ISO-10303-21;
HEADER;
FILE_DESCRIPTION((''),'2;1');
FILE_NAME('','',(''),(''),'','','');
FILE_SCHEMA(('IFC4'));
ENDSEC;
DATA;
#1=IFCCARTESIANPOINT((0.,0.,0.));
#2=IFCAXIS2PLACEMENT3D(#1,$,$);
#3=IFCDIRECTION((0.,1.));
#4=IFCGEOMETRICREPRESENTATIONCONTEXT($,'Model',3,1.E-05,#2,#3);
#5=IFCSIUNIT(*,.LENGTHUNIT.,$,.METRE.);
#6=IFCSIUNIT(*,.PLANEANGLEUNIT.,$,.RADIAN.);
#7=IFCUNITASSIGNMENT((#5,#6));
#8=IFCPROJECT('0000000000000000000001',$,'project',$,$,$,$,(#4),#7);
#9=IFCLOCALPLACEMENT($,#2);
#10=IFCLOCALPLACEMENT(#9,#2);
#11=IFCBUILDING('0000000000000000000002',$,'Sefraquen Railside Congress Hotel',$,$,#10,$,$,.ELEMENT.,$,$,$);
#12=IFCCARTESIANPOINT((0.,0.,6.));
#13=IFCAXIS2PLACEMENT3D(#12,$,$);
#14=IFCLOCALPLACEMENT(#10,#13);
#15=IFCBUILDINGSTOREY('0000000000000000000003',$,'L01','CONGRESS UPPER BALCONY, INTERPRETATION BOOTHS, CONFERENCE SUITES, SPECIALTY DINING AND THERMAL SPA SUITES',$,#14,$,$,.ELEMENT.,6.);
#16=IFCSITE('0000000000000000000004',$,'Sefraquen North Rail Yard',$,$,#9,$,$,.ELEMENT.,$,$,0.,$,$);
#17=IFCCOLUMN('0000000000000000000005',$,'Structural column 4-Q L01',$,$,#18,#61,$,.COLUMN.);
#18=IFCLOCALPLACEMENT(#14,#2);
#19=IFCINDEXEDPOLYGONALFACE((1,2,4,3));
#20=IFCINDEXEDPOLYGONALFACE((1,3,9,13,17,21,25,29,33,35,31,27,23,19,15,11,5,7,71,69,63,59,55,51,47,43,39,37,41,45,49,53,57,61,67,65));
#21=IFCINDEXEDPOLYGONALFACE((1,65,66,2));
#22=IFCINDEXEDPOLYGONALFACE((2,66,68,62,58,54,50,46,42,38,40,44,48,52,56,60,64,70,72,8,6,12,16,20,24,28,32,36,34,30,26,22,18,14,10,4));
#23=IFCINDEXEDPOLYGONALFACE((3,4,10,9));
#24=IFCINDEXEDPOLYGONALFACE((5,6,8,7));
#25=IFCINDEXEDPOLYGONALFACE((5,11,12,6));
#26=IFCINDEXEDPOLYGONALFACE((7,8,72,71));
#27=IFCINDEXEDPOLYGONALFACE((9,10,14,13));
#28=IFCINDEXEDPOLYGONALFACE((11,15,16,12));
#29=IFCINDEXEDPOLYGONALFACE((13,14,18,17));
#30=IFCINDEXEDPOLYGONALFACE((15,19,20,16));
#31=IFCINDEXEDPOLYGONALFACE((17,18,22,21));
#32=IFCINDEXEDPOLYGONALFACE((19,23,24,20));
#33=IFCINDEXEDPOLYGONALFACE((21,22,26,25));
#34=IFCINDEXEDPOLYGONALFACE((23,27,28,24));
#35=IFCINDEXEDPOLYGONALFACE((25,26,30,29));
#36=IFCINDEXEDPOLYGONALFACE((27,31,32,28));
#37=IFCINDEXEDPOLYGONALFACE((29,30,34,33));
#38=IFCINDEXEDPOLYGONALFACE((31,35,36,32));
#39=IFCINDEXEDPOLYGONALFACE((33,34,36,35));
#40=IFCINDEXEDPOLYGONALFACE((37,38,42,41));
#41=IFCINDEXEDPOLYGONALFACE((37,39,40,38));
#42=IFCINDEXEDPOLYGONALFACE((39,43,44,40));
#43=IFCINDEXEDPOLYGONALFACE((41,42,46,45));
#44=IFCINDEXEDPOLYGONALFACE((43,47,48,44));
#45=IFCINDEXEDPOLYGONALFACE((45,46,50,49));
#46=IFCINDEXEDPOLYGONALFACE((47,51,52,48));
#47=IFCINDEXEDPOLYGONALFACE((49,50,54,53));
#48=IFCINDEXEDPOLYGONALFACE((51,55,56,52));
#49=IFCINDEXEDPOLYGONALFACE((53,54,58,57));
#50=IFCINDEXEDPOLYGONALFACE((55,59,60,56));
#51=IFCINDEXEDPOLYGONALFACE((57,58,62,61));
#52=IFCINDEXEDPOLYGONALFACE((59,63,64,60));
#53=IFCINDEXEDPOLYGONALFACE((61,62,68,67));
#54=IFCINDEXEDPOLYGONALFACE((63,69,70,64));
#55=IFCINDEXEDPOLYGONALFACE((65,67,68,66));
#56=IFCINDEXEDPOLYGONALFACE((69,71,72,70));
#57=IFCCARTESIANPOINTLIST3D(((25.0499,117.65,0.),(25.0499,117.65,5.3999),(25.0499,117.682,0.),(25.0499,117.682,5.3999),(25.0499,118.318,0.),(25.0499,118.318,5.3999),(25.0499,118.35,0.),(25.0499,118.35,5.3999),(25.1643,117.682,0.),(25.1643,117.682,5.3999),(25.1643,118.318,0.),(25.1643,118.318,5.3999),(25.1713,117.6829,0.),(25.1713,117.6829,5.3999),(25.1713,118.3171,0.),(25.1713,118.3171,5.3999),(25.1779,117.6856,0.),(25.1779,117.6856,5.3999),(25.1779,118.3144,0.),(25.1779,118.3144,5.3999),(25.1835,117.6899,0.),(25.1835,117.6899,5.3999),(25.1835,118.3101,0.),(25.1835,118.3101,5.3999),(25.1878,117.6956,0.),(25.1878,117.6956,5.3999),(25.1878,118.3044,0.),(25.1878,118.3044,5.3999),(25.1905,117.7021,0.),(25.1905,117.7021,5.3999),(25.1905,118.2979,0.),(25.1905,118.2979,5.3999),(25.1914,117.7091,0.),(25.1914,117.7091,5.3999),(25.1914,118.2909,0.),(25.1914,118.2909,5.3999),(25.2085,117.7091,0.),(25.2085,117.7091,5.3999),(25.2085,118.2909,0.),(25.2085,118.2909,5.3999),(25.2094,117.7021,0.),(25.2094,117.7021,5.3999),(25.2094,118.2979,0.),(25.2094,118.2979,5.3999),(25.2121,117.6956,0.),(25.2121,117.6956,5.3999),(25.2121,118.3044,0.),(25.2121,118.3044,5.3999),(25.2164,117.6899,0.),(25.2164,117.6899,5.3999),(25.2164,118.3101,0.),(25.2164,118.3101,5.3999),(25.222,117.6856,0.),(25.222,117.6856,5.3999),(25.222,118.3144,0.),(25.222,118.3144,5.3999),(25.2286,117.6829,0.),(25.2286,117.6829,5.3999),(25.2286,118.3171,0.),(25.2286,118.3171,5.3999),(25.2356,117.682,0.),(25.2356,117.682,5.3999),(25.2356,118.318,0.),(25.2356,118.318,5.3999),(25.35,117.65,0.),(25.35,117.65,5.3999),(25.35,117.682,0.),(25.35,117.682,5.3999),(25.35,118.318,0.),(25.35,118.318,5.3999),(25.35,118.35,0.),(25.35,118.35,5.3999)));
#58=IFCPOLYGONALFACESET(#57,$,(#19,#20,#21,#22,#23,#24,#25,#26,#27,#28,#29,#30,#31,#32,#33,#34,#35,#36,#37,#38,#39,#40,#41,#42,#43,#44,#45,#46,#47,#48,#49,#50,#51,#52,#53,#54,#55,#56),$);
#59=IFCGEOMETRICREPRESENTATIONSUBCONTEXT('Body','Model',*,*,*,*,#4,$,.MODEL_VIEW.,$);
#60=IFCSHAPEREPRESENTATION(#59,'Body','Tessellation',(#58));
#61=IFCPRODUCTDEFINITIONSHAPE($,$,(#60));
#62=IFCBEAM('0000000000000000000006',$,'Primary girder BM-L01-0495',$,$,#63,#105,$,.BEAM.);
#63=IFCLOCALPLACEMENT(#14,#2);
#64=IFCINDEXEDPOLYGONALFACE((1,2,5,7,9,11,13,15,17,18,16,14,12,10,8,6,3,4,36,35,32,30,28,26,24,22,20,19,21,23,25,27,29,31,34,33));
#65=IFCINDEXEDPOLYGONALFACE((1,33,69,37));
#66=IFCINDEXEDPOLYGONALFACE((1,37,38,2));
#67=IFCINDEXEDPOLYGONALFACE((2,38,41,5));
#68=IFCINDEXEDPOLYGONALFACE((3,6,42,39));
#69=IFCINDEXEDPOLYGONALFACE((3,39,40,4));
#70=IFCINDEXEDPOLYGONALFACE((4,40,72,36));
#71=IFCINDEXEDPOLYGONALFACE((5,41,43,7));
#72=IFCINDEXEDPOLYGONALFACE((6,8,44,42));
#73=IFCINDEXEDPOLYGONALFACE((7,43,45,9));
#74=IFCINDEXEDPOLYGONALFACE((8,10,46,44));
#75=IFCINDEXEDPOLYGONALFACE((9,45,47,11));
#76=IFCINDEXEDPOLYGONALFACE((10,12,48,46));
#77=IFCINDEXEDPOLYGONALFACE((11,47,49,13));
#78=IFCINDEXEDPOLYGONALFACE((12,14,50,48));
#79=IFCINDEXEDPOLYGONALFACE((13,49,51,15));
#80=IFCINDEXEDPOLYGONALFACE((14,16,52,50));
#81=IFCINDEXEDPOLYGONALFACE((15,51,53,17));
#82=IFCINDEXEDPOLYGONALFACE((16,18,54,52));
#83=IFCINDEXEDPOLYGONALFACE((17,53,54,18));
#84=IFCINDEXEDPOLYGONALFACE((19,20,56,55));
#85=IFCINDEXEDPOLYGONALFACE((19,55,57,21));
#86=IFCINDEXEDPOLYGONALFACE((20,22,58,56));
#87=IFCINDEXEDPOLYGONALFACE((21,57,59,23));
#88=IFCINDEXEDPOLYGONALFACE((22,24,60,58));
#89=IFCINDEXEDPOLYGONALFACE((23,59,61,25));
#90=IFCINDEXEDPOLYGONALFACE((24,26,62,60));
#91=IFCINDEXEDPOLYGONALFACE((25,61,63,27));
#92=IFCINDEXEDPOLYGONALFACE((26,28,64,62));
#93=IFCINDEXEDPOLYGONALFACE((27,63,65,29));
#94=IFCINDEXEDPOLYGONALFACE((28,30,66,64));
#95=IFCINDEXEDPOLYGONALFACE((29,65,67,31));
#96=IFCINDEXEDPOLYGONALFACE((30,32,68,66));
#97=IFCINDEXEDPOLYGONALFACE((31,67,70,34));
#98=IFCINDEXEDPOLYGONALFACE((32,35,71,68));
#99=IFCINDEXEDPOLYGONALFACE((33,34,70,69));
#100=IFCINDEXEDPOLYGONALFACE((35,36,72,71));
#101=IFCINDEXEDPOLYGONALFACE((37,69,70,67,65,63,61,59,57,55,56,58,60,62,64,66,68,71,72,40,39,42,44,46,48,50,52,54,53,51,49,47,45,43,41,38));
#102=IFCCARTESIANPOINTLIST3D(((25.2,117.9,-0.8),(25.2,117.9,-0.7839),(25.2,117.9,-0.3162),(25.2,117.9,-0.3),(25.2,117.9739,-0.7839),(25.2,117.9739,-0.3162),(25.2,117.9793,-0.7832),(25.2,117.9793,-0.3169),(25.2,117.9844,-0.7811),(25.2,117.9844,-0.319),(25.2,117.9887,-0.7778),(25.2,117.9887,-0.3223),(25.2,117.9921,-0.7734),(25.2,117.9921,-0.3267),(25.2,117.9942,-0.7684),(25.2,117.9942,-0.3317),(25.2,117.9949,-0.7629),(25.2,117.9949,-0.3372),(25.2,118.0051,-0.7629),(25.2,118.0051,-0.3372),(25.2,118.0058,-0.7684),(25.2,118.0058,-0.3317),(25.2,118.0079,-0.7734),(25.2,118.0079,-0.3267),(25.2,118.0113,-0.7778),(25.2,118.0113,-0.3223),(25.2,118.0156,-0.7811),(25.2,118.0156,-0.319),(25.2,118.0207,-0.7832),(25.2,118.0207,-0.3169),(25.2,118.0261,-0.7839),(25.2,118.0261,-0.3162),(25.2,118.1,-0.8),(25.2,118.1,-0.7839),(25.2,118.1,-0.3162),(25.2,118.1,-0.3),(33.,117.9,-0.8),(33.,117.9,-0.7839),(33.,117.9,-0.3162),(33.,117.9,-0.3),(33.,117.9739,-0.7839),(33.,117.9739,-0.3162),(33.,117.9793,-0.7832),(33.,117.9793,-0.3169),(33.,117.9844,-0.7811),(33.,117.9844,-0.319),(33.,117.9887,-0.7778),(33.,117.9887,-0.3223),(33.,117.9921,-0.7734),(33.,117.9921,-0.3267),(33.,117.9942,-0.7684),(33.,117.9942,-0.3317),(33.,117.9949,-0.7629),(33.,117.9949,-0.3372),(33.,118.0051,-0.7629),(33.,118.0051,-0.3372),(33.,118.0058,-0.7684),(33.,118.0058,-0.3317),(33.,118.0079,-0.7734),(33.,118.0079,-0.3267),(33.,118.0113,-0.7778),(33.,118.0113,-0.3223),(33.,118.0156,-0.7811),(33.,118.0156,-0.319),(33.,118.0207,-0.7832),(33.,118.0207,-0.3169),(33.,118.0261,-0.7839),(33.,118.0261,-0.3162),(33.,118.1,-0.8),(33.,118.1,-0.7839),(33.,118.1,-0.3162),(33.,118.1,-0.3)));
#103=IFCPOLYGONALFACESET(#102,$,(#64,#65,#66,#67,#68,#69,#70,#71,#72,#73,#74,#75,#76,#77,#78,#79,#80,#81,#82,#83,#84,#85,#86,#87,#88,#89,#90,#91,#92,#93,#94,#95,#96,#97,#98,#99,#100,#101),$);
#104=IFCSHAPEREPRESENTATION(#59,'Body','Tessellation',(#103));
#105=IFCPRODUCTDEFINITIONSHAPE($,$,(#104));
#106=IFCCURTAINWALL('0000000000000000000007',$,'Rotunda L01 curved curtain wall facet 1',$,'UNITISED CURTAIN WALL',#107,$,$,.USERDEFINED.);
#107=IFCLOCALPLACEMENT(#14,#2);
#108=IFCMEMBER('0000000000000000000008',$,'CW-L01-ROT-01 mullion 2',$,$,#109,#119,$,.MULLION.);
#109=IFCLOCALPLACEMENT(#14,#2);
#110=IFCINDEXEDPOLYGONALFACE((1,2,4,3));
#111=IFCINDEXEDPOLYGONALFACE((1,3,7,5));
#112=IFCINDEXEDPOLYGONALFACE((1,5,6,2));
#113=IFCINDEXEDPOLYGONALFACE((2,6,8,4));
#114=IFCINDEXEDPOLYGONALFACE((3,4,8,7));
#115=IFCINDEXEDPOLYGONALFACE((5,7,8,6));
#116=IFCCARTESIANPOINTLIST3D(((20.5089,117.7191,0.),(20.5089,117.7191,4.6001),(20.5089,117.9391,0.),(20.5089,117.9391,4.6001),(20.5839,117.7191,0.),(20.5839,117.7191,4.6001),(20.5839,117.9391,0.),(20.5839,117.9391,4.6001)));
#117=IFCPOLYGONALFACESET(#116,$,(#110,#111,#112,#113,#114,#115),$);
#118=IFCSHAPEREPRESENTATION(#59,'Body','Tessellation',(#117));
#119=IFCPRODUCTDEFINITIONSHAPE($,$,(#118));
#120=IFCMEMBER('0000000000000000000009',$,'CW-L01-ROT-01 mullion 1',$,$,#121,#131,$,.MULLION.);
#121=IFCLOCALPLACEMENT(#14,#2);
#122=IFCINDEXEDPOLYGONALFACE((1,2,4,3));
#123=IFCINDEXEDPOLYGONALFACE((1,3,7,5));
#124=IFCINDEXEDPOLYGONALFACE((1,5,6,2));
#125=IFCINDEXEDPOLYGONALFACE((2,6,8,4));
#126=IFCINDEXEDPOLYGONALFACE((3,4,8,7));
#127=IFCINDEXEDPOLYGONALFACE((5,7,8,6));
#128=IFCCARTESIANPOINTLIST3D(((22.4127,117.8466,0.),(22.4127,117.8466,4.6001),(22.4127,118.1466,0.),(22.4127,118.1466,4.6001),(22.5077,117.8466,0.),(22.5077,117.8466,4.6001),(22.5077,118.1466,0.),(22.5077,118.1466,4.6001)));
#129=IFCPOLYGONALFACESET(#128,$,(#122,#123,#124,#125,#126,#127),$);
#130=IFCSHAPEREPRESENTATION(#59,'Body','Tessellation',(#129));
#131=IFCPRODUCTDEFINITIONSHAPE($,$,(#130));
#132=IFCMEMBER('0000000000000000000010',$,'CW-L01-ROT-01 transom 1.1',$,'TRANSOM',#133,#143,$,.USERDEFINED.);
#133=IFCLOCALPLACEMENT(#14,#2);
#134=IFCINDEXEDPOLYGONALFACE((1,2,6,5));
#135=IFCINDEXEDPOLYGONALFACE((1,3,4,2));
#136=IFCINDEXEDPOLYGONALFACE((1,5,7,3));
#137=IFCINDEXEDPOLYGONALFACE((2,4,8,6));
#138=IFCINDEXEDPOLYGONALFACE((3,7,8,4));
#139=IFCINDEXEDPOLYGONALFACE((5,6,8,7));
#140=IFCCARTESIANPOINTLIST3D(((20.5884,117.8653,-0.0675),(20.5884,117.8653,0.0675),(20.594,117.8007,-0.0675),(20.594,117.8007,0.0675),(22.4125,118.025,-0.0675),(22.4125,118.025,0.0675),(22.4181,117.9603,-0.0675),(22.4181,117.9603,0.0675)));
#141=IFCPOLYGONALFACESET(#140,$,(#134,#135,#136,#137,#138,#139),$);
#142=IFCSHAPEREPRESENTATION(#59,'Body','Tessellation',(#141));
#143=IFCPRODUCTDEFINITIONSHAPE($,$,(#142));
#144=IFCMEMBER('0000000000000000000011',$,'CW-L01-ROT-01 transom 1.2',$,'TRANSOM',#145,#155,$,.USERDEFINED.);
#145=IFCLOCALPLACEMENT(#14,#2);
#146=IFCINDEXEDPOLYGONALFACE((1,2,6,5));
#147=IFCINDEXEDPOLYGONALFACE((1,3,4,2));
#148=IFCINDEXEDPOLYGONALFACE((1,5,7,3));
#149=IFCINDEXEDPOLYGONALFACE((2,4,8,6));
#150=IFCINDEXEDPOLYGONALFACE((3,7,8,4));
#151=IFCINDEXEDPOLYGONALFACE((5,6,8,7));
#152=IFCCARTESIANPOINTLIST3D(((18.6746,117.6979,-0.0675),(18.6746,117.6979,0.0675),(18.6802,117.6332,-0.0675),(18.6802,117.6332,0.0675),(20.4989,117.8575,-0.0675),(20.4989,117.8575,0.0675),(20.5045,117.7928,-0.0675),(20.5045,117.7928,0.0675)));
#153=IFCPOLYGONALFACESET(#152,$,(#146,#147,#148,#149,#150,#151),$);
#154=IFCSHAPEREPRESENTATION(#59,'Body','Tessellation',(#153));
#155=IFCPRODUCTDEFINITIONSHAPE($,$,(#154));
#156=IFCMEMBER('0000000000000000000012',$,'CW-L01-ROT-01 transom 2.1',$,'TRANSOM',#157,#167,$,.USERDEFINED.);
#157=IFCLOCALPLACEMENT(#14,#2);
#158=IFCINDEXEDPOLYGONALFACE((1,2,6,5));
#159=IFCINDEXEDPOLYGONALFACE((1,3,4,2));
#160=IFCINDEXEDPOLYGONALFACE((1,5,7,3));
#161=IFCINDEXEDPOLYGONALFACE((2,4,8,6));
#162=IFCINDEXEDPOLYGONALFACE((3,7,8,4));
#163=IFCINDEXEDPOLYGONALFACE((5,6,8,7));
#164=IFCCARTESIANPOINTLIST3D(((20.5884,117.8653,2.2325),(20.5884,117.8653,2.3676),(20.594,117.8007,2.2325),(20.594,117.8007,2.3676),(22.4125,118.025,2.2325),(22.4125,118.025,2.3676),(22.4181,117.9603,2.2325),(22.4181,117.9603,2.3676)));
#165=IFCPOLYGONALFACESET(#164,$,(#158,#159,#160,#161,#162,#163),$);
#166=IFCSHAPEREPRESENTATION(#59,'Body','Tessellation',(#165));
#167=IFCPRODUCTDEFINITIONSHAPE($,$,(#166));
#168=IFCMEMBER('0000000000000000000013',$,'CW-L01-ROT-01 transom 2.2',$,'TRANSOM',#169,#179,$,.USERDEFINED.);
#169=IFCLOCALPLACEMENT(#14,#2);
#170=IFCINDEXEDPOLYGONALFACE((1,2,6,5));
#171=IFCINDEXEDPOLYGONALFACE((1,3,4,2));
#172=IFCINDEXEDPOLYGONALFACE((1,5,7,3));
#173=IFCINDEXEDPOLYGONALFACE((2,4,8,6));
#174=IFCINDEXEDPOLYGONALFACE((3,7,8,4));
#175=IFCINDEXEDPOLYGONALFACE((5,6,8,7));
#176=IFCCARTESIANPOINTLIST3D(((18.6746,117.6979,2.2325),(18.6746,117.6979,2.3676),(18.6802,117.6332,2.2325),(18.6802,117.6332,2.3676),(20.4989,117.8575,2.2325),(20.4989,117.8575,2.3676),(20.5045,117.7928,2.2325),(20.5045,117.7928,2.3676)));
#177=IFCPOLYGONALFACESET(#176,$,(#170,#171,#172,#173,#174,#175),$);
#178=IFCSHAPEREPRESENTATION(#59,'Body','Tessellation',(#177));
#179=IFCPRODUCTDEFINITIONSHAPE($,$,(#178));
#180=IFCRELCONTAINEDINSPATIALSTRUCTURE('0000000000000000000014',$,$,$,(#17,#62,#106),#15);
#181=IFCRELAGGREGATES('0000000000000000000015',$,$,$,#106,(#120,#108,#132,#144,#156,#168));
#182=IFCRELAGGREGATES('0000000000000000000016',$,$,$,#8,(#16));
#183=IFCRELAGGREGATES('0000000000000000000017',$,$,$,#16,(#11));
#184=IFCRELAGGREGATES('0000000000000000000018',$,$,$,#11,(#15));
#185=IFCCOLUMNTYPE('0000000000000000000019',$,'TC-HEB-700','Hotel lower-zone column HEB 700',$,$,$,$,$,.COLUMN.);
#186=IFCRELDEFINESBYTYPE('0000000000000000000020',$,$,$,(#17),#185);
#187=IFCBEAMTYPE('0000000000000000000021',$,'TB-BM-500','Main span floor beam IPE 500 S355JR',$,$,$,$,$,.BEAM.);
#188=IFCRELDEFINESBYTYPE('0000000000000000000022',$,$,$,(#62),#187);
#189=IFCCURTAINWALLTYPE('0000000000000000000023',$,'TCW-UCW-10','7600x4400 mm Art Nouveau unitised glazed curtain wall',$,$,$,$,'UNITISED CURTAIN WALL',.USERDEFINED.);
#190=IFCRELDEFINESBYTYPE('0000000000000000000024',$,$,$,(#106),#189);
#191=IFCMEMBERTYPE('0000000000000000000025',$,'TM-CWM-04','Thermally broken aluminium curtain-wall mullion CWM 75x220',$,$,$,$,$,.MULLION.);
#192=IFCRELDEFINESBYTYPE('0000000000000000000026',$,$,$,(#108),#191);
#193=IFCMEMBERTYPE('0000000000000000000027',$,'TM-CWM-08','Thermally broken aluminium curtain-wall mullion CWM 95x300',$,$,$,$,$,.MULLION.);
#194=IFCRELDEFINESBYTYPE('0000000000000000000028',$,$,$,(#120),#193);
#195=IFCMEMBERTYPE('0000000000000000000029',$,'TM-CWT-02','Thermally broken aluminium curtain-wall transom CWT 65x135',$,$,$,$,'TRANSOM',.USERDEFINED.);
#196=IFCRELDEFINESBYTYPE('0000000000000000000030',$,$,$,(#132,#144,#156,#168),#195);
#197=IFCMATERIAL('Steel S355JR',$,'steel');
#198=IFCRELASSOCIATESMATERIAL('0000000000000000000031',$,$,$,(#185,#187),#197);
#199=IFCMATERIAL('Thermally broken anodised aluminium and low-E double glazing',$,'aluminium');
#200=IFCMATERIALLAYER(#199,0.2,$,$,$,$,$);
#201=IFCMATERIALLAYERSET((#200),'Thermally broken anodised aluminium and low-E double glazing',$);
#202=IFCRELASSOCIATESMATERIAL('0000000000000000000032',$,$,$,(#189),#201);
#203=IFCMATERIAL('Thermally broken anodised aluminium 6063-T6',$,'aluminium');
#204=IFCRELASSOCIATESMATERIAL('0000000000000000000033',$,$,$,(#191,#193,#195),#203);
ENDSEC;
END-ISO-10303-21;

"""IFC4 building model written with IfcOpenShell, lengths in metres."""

from ifc_helpers import new_model, si_unit, direction, frame, origin, origin_2d, place, context, subcontext, project, spatial, rectangle, i_section, extrude, material, layer, layer_set, material_profile, profile_set, type_object, element, aggregate, save


model = new_model("IFC4")

# Units and contexts
model_context = context("Model", 3, precision=1e-05, world=origin(), true_north=direction((0.0, 1.0)))
body_context = subcontext(model_context, "Body", "Model", "MODEL_VIEW")
ifc_project = project(units=[si_unit("LENGTHUNIT", "METRE"), si_unit("PLANEANGLEUNIT", "RADIAN")], contexts=[model_context])

# Site, building, storey
site_placement = place(None, origin())
site = spatial("IfcSite", under=ifc_project, at=site_placement, Name="Sefraquen North Rail Yard", CompositionType="ELEMENT", RefElevation=0.0)
building_placement = place(site_placement, origin())
building = spatial("IfcBuilding", under=site, at=building_placement, Name="Sefraquen Railside Congress Hotel", CompositionType="ELEMENT")
storey_placement = place(building_placement, frame((0.0, 0.0, 6.0)))
storey = spatial("IfcBuildingStorey", under=building, at=storey_placement, Name="L01", Description="CONGRESS UPPER BALCONY, INTERPRETATION BOOTHS, CONFERENCE SUITES, SPECIALTY DINING AND THERMAL SPA SUITES", CompositionType="ELEMENT", Elevation=6.0)

# Column
ifc_material_1 = material(Name="Steel S355JR", Category="steel")
ifc_material_profile_1 = material_profile(ifc_material_1, i_section(OverallWidth=0.3, OverallDepth=0.7, WebThickness=0.0171, FlangeThickness=0.032, FilletRadius=0.0271, at=origin_2d()), Name="HEB 700")
ifc_profile_set_1 = profile_set([ifc_material_profile_1], Name="Steel S355JR")
column_type = type_object("IfcColumnType", Name="TC-HEB-700", Description="Hotel lower-zone column HEB 700", PredefinedType="COLUMN", material=ifc_profile_set_1)
column_placement = place(storey_placement, frame((25.2, 118.0, 0.0), z_axis=(0.0, 0.0, 1.0), x_axis=(1.0, 0.0, 0.0)))
element("IfcColumn", 1, at=column_placement, inside=storey, type_object=column_type, Name="Structural column 4-Q L01", PredefinedType="COLUMN", context=body_context, shape_type="SweptSolid", body=[
    extrude(i_section(OverallWidth=0.3, OverallDepth=0.7, WebThickness=0.0171, FlangeThickness=0.032, FilletRadius=0.0271, at=origin_2d()), origin(), (0.0, 0.0, 1.0), 5.3999),
])

# Beam
ifc_material_profile_2 = material_profile(ifc_material_1, i_section(OverallWidth=0.2, OverallDepth=0.5, WebThickness=0.0103, FlangeThickness=0.0161, FilletRadius=0.021, at=origin_2d()), Name="IPE 500")
ifc_profile_set_2 = profile_set([ifc_material_profile_2], Name="Steel S355JR")
beam_type = type_object("IfcBeamType", Name="TB-BM-500", Description="Main span floor beam IPE 500 S355JR", PredefinedType="BEAM", material=ifc_profile_set_2)
beam_placement = place(storey_placement, frame((25.2, 118.0, -0.55), z_axis=(1.0, 0.0, 0.0), x_axis=(0.0, 1.0, 0.0)))
element("IfcBeam", 2, at=beam_placement, inside=storey, type_object=beam_type, Name="Primary girder BM-L01-0495", PredefinedType="BEAM", context=body_context, shape_type="SweptSolid", body=[
    extrude(i_section(OverallWidth=0.2, OverallDepth=0.5, WebThickness=0.0103, FlangeThickness=0.0161, FilletRadius=0.021, at=origin_2d()), origin(), (0.0, 0.0, 1.0), 7.8),
])

# Curtain wall, members
ifc_material_2 = material(Name="Thermally broken anodised aluminium and low-E double glazing", Category="aluminium")
ifc_layer_1 = layer(ifc_material_2, 0.2)
ifc_layer_set_1 = layer_set([ifc_layer_1], Name="Thermally broken anodised aluminium and low-E double glazing")
curtain_wall_type = type_object("IfcCurtainWallType", Name="TCW-UCW-10", Description="7600x4400 mm Art Nouveau unitised glazed curtain wall", ElementType="UNITISED CURTAIN WALL", PredefinedType="USERDEFINED", material=ifc_layer_set_1)
curtain_wall_placement = place(storey_placement, origin())
curtain_wall = element("IfcCurtainWall", 3, at=curtain_wall_placement, inside=storey, type_object=curtain_wall_type, Name="Rotunda L01 curved curtain wall facet 1", ObjectType="UNITISED CURTAIN WALL", PredefinedType="USERDEFINED")
ifc_material_3 = material(Name="Thermally broken anodised aluminium 6063-T6", Category="aluminium")
ifc_material_profile_3 = material_profile(ifc_material_3, rectangle(XDim=0.075, YDim=0.22, at=origin_2d()), Name="CWM 75x220")
ifc_profile_set_3 = profile_set([ifc_material_profile_3], Name="Thermally broken anodised aluminium 6063-T6")
member_type_1 = type_object("IfcMemberType", Name="TM-CWM-04", Description="Thermally broken aluminium curtain-wall mullion CWM 75x220", PredefinedType="MULLION", material=ifc_profile_set_3)
member_1_placement = place(storey_placement, frame((20.5464, 117.8291, 0.0), z_axis=(0.0, 0.0, 1.0), x_axis=(1.0, 0.0, 0.0)))
member_1 = element("IfcMember", 4, at=member_1_placement, type_object=member_type_1, Name="CW-L01-ROT-01 mullion 2", PredefinedType="MULLION", context=body_context, shape_type="SweptSolid", body=[
    extrude(rectangle(XDim=0.075, YDim=0.22, at=origin_2d()), origin(), (0.0, 0.0, 1.0), 4.6001),
])
ifc_material_profile_4 = material_profile(ifc_material_3, rectangle(XDim=0.095, YDim=0.3, at=origin_2d()), Name="CWM 95x300")
ifc_profile_set_4 = profile_set([ifc_material_profile_4], Name="Thermally broken anodised aluminium 6063-T6")
member_type_2 = type_object("IfcMemberType", Name="TM-CWM-08", Description="Thermally broken aluminium curtain-wall mullion CWM 95x300", PredefinedType="MULLION", material=ifc_profile_set_4)
member_2_placement = place(storey_placement, frame((22.4602, 117.9966, 0.0), z_axis=(0.0, 0.0, 1.0), x_axis=(1.0, 0.0, 0.0)))
member_2 = element("IfcMember", 5, at=member_2_placement, type_object=member_type_2, Name="CW-L01-ROT-01 mullion 1", PredefinedType="MULLION", context=body_context, shape_type="SweptSolid", body=[
    extrude(rectangle(XDim=0.095, YDim=0.3, at=origin_2d()), origin(), (0.0, 0.0, 1.0), 4.6001),
])
ifc_material_profile_5 = material_profile(ifc_material_3, rectangle(XDim=0.0649, YDim=0.135, at=origin_2d()), Name="CWT 65x135")
ifc_profile_set_5 = profile_set([ifc_material_profile_5], Name="Thermally broken anodised aluminium 6063-T6")
member_type_3 = type_object("IfcMemberType", Name="TM-CWT-02", Description="Thermally broken aluminium curtain-wall transom CWT 65x135", ElementType="TRANSOM", PredefinedType="USERDEFINED", material=ifc_profile_set_5)
member_3_placement = place(storey_placement, frame((22.4153, 117.9927, 0.0), z_axis=(-0.99619, -0.087205, 0.0), x_axis=(0.087205, -0.99619, 0.0)))
member_3 = element("IfcMember", 6, at=member_3_placement, type_object=member_type_3, Name="CW-L01-ROT-01 transom 1.1", ObjectType="TRANSOM", PredefinedType="USERDEFINED", context=body_context, shape_type="SweptSolid", body=[
    extrude(rectangle(XDim=0.0649, YDim=0.135, at=origin_2d()), origin(), (0.0, 0.0, 1.0), 1.8311),
])
member_4_placement = place(storey_placement, frame((20.5017, 117.8252, 0.0), z_axis=(-0.996191, -0.087193, 0.0), x_axis=(0.087193, -0.996191, 0.0)))
member_4 = element("IfcMember", 7, at=member_4_placement, type_object=member_type_3, Name="CW-L01-ROT-01 transom 1.2", ObjectType="TRANSOM", PredefinedType="USERDEFINED", context=body_context, shape_type="SweptSolid", body=[
    extrude(rectangle(XDim=0.0649, YDim=0.135, at=origin_2d()), origin(), (0.0, 0.0, 1.0), 1.8313),
])
member_5_placement = place(storey_placement, frame((22.4153, 117.9927, 2.3), z_axis=(-0.99619, -0.087205, 0.0), x_axis=(0.087205, -0.99619, 0.0)))
member_5 = element("IfcMember", 8, at=member_5_placement, type_object=member_type_3, Name="CW-L01-ROT-01 transom 2.1", ObjectType="TRANSOM", PredefinedType="USERDEFINED", context=body_context, shape_type="SweptSolid", body=[
    extrude(rectangle(XDim=0.0649, YDim=0.135, at=origin_2d()), origin(), (0.0, 0.0, 1.0), 1.8311),
])
member_6_placement = place(storey_placement, frame((20.5017, 117.8252, 2.3), z_axis=(-0.996191, -0.087193, 0.0), x_axis=(0.087193, -0.996191, 0.0)))
member_6 = element("IfcMember", 9, at=member_6_placement, type_object=member_type_3, Name="CW-L01-ROT-01 transom 2.2", ObjectType="TRANSOM", PredefinedType="USERDEFINED", context=body_context, shape_type="SweptSolid", body=[
    extrude(rectangle(XDim=0.0649, YDim=0.135, at=origin_2d()), origin(), (0.0, 0.0, 1.0), 1.8313),
])
aggregate(curtain_wall, [member_2, member_1, member_3, member_4, member_5, member_6])

save(model, "model.ifc")
